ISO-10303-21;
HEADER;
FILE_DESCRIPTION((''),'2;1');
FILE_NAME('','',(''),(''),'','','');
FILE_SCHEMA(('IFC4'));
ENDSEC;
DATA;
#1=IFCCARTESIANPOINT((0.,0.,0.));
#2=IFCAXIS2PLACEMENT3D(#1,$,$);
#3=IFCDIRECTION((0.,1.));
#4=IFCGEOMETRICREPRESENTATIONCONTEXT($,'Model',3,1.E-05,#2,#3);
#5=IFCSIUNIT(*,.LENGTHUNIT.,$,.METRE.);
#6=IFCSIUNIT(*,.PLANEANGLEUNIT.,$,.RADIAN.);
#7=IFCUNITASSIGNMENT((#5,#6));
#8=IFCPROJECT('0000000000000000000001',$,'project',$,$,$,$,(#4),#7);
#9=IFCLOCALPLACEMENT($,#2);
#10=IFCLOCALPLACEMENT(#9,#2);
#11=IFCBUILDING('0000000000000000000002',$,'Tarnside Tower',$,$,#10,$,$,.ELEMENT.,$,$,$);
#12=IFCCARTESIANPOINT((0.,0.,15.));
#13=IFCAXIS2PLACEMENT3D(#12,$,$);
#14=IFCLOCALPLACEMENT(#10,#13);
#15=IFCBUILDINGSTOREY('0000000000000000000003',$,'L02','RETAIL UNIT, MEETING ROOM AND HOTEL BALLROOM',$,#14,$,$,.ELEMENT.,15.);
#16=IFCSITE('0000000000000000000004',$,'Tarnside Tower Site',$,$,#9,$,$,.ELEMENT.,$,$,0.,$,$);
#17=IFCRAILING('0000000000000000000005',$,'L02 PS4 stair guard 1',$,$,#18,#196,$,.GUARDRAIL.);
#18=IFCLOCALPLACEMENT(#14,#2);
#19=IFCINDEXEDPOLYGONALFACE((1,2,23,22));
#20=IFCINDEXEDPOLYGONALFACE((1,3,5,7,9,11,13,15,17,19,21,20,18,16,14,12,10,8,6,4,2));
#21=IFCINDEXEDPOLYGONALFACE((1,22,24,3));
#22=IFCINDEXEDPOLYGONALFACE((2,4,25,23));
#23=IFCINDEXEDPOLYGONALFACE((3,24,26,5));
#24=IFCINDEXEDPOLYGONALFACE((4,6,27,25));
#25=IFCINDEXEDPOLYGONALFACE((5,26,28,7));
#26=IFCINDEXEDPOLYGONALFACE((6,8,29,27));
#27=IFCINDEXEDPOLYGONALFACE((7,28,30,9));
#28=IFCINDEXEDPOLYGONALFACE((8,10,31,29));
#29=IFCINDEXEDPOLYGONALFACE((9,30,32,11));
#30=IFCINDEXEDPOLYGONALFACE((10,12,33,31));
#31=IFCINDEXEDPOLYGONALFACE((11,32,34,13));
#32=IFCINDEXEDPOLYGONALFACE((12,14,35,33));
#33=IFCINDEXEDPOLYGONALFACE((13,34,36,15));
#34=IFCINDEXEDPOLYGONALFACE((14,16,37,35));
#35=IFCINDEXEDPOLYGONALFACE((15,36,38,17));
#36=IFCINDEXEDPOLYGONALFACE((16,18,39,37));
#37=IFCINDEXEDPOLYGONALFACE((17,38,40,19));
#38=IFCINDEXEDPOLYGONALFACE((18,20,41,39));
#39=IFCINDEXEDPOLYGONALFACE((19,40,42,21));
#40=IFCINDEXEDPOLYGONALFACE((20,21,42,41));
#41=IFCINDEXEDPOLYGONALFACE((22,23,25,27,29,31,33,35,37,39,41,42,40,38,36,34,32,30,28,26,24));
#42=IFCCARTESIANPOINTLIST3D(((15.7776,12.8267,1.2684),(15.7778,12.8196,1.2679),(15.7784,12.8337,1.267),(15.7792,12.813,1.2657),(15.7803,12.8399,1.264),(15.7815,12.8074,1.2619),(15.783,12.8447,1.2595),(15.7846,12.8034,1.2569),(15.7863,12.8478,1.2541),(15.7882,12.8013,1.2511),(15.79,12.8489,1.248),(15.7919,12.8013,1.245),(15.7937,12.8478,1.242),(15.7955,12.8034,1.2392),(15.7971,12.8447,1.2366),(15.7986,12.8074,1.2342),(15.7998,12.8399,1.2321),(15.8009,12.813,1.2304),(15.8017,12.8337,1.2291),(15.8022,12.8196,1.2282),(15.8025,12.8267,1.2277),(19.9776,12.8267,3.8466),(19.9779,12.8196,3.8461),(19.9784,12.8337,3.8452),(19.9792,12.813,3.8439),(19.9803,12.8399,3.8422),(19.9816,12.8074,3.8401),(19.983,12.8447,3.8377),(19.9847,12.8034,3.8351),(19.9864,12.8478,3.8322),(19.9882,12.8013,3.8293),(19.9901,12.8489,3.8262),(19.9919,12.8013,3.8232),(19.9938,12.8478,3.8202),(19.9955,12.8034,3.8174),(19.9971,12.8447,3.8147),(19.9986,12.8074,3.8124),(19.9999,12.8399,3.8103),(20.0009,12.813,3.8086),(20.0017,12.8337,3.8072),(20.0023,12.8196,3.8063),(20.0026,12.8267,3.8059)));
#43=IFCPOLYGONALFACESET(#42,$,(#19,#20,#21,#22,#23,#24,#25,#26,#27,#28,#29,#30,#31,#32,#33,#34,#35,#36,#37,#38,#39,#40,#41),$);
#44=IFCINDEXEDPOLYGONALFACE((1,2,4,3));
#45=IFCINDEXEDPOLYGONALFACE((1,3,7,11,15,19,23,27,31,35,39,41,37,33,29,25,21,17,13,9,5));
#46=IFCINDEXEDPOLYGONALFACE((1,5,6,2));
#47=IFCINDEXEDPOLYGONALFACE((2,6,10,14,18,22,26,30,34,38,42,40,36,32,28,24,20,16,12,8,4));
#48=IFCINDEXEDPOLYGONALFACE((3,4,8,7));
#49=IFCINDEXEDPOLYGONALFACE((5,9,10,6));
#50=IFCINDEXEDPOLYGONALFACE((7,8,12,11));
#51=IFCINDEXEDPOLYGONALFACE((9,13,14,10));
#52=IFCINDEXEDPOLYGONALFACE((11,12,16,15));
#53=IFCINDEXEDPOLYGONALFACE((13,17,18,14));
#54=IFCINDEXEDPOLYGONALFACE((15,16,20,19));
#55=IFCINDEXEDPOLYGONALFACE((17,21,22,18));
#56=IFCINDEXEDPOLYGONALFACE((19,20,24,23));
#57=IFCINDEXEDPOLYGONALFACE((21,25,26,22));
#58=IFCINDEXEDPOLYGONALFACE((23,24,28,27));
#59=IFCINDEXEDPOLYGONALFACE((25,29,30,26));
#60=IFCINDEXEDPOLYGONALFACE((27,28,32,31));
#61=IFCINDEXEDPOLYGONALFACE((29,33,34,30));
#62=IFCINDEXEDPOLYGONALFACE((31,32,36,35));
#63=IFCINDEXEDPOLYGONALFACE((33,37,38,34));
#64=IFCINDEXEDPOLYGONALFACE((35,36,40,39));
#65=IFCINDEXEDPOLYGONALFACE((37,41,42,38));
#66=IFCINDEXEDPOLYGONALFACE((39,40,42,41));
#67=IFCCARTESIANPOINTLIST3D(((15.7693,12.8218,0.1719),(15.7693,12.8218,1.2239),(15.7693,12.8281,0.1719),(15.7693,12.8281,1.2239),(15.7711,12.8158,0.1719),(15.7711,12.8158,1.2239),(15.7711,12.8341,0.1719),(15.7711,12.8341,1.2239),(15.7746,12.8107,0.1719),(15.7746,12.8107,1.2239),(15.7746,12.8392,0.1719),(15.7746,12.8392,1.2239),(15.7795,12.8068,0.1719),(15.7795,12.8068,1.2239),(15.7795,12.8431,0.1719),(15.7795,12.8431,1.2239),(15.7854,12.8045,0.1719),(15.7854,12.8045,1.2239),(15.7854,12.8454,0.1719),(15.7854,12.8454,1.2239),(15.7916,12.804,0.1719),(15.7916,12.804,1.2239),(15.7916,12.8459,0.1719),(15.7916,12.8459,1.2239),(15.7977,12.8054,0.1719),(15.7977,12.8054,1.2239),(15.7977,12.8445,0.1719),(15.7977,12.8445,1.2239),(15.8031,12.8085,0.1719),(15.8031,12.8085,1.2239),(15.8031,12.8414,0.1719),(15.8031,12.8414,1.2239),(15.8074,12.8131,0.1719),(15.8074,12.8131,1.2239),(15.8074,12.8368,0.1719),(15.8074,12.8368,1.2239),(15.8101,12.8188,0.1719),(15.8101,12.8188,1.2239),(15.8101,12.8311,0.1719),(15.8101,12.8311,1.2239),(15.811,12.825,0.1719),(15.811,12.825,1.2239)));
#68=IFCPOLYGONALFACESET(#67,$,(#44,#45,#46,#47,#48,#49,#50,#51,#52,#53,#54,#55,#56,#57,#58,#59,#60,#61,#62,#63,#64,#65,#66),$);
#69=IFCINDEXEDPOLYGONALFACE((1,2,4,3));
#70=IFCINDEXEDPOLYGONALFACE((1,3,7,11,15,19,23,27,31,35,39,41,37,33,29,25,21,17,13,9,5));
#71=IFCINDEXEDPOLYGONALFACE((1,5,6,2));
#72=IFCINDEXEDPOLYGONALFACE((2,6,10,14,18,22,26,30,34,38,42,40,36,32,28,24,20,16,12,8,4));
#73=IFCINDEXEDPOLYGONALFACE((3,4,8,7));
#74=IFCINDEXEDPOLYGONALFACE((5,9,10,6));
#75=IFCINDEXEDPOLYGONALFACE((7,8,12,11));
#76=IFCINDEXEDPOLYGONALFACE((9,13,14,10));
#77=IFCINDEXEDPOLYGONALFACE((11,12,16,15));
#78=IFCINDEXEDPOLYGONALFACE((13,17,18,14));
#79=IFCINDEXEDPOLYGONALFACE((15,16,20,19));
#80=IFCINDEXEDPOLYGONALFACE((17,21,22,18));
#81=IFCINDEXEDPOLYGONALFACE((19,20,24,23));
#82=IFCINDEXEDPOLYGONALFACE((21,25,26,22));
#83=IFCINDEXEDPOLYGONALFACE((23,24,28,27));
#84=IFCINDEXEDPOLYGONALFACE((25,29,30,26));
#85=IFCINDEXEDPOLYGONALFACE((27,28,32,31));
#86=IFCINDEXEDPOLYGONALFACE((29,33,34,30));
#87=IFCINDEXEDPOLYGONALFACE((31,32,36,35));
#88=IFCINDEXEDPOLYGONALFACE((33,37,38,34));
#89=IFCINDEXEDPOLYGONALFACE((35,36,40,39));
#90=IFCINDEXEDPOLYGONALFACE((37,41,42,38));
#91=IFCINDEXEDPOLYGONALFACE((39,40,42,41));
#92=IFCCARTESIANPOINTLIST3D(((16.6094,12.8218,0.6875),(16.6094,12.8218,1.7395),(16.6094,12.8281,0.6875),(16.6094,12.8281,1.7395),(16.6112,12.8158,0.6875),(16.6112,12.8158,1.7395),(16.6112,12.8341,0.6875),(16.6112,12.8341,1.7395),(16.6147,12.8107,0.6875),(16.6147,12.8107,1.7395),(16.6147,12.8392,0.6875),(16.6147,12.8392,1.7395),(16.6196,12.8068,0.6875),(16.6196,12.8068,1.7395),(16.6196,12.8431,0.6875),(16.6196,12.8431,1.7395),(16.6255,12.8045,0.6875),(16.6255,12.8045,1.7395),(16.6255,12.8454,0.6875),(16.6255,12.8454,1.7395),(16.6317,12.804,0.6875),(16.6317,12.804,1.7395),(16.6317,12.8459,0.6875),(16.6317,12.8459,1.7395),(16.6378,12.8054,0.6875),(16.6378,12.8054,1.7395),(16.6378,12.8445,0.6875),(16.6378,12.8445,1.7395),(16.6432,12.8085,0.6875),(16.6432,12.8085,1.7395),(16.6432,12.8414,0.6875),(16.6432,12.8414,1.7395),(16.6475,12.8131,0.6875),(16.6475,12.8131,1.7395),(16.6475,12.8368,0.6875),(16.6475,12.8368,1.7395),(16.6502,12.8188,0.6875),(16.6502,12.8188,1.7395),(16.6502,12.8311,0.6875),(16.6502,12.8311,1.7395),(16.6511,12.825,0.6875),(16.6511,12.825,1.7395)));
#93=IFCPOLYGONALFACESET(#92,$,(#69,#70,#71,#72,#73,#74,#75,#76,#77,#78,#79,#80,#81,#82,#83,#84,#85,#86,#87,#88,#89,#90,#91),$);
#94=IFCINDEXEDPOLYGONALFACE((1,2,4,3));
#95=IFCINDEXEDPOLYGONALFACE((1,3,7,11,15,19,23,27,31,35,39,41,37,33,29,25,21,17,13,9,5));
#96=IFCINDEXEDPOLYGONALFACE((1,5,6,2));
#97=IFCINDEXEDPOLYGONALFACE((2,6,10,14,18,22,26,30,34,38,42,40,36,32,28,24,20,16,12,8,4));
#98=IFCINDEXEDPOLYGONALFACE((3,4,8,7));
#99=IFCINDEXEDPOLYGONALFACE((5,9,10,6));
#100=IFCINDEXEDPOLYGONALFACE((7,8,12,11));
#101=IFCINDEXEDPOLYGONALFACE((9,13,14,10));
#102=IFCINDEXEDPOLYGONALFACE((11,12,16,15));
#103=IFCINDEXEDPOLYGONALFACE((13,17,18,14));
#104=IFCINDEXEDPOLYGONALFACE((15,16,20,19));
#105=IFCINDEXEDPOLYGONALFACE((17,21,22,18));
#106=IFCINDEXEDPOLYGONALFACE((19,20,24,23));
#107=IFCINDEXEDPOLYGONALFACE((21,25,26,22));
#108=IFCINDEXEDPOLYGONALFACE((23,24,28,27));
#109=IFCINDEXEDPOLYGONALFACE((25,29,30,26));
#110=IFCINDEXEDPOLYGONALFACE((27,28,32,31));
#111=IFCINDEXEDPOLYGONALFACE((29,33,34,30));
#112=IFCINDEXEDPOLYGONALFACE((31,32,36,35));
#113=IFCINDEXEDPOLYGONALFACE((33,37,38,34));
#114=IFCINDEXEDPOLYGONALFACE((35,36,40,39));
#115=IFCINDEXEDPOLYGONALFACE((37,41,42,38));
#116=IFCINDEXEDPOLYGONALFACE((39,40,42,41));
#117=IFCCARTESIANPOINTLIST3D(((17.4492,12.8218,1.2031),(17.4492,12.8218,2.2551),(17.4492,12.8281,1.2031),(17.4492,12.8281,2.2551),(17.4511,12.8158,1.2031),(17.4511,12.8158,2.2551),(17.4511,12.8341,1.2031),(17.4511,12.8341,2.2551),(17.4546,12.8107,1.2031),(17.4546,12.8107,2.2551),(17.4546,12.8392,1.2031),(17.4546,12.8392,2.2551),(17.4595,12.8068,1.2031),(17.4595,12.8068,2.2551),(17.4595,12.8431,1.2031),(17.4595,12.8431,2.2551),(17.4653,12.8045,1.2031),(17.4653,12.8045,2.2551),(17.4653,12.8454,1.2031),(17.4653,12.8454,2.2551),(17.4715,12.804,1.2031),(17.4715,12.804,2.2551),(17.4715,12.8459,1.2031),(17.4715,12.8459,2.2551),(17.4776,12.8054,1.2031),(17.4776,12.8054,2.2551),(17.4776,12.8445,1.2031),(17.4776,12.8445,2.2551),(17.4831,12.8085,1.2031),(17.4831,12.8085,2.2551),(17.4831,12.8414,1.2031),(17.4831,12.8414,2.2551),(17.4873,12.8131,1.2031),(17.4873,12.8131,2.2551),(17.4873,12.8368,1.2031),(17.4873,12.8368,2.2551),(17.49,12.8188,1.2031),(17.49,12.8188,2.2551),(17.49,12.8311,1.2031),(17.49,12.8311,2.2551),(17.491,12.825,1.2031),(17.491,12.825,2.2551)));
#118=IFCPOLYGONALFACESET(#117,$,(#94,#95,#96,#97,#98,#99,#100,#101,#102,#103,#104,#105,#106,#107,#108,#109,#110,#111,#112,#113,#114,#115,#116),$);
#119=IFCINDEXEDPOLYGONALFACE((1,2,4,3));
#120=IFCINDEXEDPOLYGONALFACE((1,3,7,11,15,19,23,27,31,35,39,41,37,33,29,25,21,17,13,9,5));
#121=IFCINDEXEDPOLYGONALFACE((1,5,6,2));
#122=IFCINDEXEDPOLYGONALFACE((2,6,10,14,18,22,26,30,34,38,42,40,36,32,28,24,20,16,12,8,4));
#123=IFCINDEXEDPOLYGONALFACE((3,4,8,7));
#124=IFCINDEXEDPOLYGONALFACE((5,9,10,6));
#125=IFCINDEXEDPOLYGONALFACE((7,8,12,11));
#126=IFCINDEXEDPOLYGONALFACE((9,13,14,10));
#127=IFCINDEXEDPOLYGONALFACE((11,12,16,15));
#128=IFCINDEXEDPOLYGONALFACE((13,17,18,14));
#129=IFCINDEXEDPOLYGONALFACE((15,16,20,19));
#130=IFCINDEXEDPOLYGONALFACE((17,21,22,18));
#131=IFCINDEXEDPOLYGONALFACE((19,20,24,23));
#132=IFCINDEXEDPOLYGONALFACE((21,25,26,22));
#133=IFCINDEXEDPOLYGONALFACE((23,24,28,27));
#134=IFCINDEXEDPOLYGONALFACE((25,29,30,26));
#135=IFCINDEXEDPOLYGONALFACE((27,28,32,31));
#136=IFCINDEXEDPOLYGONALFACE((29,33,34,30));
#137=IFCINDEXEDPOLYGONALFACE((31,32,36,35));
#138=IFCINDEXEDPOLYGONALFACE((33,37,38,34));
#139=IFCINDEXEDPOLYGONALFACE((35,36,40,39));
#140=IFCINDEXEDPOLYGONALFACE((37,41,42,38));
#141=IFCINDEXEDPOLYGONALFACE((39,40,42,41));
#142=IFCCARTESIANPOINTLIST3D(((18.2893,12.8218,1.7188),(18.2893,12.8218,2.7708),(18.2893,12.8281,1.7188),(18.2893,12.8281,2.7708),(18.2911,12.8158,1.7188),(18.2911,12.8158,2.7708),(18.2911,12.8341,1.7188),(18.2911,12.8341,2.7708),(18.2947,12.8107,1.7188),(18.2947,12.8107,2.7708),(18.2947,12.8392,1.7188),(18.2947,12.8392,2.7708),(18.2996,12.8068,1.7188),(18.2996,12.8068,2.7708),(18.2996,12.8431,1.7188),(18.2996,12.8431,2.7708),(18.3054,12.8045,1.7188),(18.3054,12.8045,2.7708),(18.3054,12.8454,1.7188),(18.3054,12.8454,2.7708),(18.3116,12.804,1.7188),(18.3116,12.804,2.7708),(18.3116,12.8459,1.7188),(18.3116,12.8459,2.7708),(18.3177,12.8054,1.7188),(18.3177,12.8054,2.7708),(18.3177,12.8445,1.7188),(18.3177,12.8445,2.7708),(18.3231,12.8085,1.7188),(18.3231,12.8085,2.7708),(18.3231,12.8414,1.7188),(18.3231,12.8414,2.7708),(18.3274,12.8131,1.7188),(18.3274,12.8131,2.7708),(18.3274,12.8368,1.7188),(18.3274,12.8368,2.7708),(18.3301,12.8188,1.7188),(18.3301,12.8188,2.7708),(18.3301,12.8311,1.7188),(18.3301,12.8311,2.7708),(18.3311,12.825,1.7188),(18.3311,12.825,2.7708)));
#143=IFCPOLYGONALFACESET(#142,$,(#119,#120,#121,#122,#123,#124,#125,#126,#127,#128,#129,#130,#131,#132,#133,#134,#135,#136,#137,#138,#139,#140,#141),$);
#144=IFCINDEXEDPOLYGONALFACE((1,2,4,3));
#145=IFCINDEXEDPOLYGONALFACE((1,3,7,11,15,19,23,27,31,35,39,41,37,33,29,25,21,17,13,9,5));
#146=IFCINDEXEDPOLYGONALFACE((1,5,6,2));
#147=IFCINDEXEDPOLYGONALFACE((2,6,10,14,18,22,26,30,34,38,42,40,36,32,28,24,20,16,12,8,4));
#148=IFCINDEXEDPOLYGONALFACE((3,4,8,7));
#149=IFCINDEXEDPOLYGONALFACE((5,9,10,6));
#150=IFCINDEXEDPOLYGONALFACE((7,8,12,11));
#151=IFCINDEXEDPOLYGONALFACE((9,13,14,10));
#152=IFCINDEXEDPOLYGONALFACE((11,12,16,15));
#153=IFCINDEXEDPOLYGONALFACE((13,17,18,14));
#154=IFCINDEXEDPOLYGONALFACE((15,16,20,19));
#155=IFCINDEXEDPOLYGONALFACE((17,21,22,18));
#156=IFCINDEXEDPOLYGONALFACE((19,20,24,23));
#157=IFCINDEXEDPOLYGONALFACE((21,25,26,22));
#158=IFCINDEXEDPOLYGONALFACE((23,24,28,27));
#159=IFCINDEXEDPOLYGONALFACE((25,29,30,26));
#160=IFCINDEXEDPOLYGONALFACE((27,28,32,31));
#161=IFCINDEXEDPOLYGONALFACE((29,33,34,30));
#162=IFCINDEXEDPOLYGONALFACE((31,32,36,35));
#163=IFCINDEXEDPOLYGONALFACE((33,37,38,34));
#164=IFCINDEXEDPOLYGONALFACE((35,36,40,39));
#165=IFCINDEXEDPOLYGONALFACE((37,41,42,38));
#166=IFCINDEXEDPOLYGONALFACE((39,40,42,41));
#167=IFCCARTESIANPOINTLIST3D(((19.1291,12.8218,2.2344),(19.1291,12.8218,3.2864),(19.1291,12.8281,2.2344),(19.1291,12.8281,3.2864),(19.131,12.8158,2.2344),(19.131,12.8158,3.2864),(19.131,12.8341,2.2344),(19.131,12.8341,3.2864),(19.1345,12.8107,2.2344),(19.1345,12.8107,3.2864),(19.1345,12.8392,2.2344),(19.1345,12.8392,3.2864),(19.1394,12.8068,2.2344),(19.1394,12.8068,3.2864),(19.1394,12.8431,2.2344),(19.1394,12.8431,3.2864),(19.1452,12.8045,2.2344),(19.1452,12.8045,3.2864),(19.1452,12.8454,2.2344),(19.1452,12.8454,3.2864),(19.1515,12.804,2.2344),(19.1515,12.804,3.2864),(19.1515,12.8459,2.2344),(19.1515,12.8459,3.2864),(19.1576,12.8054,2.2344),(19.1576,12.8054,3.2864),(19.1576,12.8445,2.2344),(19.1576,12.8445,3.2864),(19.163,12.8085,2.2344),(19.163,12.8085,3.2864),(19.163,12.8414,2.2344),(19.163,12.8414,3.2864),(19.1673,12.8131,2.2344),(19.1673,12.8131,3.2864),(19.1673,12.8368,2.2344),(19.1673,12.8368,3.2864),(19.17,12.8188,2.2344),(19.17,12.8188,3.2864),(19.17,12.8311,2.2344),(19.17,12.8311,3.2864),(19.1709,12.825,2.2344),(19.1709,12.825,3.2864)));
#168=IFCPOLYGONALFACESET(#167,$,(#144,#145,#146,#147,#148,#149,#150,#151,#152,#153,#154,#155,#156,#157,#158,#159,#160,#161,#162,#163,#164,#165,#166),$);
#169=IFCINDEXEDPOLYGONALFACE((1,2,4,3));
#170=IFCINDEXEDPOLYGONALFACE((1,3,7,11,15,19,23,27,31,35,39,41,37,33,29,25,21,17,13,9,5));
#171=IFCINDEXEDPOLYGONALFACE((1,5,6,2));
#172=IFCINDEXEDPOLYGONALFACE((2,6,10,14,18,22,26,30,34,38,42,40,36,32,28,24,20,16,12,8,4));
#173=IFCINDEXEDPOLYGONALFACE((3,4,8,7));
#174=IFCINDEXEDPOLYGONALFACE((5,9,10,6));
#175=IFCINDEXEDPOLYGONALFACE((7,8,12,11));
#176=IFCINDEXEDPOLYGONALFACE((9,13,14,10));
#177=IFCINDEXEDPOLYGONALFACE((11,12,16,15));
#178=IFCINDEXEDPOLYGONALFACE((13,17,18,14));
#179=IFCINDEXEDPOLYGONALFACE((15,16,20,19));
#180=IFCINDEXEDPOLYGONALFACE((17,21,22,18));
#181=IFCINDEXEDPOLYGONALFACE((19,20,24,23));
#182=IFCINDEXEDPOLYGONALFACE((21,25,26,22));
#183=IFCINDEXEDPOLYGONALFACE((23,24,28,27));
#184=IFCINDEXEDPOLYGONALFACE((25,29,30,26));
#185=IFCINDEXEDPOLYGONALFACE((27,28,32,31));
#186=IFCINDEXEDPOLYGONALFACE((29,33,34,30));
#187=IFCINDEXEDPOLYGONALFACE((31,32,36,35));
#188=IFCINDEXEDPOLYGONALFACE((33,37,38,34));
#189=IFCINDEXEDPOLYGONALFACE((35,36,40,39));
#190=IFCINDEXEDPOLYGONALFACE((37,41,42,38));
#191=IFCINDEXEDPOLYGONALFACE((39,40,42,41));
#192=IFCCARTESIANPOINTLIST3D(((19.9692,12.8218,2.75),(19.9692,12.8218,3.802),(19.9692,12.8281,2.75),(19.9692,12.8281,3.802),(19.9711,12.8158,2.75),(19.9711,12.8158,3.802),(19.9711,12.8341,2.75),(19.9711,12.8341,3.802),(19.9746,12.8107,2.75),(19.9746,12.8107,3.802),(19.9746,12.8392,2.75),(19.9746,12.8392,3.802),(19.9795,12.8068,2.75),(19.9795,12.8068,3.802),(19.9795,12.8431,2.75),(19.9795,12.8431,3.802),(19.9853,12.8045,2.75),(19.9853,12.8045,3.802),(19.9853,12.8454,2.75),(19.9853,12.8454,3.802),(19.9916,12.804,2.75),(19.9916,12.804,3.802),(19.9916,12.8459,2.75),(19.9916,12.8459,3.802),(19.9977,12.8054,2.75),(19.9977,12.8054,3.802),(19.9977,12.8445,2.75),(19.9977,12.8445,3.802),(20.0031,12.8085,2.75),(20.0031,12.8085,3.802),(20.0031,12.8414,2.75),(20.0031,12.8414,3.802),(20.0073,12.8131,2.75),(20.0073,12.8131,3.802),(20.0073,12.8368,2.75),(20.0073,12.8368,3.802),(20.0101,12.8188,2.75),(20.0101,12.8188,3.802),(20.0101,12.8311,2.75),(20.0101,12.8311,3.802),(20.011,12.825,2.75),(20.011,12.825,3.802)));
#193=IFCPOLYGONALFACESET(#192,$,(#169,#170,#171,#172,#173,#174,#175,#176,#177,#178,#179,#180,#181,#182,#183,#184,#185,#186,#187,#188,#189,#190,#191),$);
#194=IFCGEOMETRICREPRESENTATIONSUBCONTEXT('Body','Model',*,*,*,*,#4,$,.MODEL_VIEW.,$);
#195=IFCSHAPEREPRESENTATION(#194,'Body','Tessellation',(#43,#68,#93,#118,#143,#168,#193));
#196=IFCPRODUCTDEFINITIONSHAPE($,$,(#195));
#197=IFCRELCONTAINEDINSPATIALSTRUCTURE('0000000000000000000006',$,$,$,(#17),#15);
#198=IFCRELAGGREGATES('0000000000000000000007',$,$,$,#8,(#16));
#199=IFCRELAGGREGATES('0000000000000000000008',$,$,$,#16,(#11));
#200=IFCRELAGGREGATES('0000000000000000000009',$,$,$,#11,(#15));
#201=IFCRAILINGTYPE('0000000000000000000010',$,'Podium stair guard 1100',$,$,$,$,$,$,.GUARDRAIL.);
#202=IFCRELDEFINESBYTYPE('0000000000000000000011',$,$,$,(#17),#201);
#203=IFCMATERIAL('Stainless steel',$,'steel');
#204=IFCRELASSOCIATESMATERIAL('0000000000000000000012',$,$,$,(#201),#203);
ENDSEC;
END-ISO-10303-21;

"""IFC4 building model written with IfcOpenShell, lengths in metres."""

from ifc_helpers import new_model, si_unit, direction, frame, origin, origin_2d, place, context, subcontext, project, spatial, circle, extrude, material, type_object, element, save


model = new_model("IFC4")

# Units and contexts
model_context = context("Model", 3, precision=1e-05, world=origin(), true_north=direction((0.0, 1.0)))
body_context = subcontext(model_context, "Body", "Model", "MODEL_VIEW")
ifc_project = project(units=[si_unit("LENGTHUNIT", "METRE"), si_unit("PLANEANGLEUNIT", "RADIAN")], contexts=[model_context])

# Site, building, storey
site_placement = place(None, origin())
site = spatial("IfcSite", under=ifc_project, at=site_placement, Name="Tarnside Tower Site", CompositionType="ELEMENT", RefElevation=0.0)
building_placement = place(site_placement, origin())
building = spatial("IfcBuilding", under=site, at=building_placement, Name="Tarnside Tower", CompositionType="ELEMENT")
storey_placement = place(building_placement, frame((0.0, 0.0, 15.0)))
storey = spatial("IfcBuildingStorey", under=building, at=storey_placement, Name="L02", Description="RETAIL UNIT, MEETING ROOM AND HOTEL BALLROOM", CompositionType="ELEMENT", Elevation=15.0)

# Railing
ifc_material_1 = material(Name="Stainless steel", Category="steel")
railing_type_1 = type_object("IfcRailingType", Name="Podium stair guard 1100", PredefinedType="GUARDRAIL", material=ifc_material_1)
railing_1_placement = place(storey_placement, frame((15.79, 12.825, 0.1719)))
element("IfcRailing", 1, at=railing_1_placement, inside=storey, type_object=railing_type_1, Name="L02 PS4 stair guard 1", PredefinedType="GUARDRAIL", context=body_context, shape_type="SweptSolid", body=[
    extrude(circle(Radius=0.0239, at=origin_2d()), frame((0.0, 0.0, 1.0762), z_axis=(0.852243, 0.0, 0.523146), x_axis=(0.0, 1.0, 0.0)), (0.0, 0.0, 1.0), 4.9282),
    extrude(circle(Radius=0.021, at=origin_2d()), origin(), (0.0, 0.0, 1.0), 1.052),
    extrude(circle(Radius=0.021, at=origin_2d()), frame((0.8401, 0.0, 0.5156)), (0.0, 0.0, 1.0), 1.052),
    extrude(circle(Radius=0.021, at=origin_2d()), frame((1.6799, 0.0, 1.0312)), (0.0, 0.0, 1.0), 1.052),
    extrude(circle(Radius=0.021, at=origin_2d()), frame((2.52, 0.0, 1.5469)), (0.0, 0.0, 1.0), 1.052),
    extrude(circle(Radius=0.021, at=origin_2d()), frame((3.3599, 0.0, 2.0625)), (0.0, 0.0, 1.0), 1.052),
    extrude(circle(Radius=0.021, at=origin_2d()), frame((4.2, 0.0, 2.5781)), (0.0, 0.0, 1.0), 1.052),
])

save(model, "model.ifc")
